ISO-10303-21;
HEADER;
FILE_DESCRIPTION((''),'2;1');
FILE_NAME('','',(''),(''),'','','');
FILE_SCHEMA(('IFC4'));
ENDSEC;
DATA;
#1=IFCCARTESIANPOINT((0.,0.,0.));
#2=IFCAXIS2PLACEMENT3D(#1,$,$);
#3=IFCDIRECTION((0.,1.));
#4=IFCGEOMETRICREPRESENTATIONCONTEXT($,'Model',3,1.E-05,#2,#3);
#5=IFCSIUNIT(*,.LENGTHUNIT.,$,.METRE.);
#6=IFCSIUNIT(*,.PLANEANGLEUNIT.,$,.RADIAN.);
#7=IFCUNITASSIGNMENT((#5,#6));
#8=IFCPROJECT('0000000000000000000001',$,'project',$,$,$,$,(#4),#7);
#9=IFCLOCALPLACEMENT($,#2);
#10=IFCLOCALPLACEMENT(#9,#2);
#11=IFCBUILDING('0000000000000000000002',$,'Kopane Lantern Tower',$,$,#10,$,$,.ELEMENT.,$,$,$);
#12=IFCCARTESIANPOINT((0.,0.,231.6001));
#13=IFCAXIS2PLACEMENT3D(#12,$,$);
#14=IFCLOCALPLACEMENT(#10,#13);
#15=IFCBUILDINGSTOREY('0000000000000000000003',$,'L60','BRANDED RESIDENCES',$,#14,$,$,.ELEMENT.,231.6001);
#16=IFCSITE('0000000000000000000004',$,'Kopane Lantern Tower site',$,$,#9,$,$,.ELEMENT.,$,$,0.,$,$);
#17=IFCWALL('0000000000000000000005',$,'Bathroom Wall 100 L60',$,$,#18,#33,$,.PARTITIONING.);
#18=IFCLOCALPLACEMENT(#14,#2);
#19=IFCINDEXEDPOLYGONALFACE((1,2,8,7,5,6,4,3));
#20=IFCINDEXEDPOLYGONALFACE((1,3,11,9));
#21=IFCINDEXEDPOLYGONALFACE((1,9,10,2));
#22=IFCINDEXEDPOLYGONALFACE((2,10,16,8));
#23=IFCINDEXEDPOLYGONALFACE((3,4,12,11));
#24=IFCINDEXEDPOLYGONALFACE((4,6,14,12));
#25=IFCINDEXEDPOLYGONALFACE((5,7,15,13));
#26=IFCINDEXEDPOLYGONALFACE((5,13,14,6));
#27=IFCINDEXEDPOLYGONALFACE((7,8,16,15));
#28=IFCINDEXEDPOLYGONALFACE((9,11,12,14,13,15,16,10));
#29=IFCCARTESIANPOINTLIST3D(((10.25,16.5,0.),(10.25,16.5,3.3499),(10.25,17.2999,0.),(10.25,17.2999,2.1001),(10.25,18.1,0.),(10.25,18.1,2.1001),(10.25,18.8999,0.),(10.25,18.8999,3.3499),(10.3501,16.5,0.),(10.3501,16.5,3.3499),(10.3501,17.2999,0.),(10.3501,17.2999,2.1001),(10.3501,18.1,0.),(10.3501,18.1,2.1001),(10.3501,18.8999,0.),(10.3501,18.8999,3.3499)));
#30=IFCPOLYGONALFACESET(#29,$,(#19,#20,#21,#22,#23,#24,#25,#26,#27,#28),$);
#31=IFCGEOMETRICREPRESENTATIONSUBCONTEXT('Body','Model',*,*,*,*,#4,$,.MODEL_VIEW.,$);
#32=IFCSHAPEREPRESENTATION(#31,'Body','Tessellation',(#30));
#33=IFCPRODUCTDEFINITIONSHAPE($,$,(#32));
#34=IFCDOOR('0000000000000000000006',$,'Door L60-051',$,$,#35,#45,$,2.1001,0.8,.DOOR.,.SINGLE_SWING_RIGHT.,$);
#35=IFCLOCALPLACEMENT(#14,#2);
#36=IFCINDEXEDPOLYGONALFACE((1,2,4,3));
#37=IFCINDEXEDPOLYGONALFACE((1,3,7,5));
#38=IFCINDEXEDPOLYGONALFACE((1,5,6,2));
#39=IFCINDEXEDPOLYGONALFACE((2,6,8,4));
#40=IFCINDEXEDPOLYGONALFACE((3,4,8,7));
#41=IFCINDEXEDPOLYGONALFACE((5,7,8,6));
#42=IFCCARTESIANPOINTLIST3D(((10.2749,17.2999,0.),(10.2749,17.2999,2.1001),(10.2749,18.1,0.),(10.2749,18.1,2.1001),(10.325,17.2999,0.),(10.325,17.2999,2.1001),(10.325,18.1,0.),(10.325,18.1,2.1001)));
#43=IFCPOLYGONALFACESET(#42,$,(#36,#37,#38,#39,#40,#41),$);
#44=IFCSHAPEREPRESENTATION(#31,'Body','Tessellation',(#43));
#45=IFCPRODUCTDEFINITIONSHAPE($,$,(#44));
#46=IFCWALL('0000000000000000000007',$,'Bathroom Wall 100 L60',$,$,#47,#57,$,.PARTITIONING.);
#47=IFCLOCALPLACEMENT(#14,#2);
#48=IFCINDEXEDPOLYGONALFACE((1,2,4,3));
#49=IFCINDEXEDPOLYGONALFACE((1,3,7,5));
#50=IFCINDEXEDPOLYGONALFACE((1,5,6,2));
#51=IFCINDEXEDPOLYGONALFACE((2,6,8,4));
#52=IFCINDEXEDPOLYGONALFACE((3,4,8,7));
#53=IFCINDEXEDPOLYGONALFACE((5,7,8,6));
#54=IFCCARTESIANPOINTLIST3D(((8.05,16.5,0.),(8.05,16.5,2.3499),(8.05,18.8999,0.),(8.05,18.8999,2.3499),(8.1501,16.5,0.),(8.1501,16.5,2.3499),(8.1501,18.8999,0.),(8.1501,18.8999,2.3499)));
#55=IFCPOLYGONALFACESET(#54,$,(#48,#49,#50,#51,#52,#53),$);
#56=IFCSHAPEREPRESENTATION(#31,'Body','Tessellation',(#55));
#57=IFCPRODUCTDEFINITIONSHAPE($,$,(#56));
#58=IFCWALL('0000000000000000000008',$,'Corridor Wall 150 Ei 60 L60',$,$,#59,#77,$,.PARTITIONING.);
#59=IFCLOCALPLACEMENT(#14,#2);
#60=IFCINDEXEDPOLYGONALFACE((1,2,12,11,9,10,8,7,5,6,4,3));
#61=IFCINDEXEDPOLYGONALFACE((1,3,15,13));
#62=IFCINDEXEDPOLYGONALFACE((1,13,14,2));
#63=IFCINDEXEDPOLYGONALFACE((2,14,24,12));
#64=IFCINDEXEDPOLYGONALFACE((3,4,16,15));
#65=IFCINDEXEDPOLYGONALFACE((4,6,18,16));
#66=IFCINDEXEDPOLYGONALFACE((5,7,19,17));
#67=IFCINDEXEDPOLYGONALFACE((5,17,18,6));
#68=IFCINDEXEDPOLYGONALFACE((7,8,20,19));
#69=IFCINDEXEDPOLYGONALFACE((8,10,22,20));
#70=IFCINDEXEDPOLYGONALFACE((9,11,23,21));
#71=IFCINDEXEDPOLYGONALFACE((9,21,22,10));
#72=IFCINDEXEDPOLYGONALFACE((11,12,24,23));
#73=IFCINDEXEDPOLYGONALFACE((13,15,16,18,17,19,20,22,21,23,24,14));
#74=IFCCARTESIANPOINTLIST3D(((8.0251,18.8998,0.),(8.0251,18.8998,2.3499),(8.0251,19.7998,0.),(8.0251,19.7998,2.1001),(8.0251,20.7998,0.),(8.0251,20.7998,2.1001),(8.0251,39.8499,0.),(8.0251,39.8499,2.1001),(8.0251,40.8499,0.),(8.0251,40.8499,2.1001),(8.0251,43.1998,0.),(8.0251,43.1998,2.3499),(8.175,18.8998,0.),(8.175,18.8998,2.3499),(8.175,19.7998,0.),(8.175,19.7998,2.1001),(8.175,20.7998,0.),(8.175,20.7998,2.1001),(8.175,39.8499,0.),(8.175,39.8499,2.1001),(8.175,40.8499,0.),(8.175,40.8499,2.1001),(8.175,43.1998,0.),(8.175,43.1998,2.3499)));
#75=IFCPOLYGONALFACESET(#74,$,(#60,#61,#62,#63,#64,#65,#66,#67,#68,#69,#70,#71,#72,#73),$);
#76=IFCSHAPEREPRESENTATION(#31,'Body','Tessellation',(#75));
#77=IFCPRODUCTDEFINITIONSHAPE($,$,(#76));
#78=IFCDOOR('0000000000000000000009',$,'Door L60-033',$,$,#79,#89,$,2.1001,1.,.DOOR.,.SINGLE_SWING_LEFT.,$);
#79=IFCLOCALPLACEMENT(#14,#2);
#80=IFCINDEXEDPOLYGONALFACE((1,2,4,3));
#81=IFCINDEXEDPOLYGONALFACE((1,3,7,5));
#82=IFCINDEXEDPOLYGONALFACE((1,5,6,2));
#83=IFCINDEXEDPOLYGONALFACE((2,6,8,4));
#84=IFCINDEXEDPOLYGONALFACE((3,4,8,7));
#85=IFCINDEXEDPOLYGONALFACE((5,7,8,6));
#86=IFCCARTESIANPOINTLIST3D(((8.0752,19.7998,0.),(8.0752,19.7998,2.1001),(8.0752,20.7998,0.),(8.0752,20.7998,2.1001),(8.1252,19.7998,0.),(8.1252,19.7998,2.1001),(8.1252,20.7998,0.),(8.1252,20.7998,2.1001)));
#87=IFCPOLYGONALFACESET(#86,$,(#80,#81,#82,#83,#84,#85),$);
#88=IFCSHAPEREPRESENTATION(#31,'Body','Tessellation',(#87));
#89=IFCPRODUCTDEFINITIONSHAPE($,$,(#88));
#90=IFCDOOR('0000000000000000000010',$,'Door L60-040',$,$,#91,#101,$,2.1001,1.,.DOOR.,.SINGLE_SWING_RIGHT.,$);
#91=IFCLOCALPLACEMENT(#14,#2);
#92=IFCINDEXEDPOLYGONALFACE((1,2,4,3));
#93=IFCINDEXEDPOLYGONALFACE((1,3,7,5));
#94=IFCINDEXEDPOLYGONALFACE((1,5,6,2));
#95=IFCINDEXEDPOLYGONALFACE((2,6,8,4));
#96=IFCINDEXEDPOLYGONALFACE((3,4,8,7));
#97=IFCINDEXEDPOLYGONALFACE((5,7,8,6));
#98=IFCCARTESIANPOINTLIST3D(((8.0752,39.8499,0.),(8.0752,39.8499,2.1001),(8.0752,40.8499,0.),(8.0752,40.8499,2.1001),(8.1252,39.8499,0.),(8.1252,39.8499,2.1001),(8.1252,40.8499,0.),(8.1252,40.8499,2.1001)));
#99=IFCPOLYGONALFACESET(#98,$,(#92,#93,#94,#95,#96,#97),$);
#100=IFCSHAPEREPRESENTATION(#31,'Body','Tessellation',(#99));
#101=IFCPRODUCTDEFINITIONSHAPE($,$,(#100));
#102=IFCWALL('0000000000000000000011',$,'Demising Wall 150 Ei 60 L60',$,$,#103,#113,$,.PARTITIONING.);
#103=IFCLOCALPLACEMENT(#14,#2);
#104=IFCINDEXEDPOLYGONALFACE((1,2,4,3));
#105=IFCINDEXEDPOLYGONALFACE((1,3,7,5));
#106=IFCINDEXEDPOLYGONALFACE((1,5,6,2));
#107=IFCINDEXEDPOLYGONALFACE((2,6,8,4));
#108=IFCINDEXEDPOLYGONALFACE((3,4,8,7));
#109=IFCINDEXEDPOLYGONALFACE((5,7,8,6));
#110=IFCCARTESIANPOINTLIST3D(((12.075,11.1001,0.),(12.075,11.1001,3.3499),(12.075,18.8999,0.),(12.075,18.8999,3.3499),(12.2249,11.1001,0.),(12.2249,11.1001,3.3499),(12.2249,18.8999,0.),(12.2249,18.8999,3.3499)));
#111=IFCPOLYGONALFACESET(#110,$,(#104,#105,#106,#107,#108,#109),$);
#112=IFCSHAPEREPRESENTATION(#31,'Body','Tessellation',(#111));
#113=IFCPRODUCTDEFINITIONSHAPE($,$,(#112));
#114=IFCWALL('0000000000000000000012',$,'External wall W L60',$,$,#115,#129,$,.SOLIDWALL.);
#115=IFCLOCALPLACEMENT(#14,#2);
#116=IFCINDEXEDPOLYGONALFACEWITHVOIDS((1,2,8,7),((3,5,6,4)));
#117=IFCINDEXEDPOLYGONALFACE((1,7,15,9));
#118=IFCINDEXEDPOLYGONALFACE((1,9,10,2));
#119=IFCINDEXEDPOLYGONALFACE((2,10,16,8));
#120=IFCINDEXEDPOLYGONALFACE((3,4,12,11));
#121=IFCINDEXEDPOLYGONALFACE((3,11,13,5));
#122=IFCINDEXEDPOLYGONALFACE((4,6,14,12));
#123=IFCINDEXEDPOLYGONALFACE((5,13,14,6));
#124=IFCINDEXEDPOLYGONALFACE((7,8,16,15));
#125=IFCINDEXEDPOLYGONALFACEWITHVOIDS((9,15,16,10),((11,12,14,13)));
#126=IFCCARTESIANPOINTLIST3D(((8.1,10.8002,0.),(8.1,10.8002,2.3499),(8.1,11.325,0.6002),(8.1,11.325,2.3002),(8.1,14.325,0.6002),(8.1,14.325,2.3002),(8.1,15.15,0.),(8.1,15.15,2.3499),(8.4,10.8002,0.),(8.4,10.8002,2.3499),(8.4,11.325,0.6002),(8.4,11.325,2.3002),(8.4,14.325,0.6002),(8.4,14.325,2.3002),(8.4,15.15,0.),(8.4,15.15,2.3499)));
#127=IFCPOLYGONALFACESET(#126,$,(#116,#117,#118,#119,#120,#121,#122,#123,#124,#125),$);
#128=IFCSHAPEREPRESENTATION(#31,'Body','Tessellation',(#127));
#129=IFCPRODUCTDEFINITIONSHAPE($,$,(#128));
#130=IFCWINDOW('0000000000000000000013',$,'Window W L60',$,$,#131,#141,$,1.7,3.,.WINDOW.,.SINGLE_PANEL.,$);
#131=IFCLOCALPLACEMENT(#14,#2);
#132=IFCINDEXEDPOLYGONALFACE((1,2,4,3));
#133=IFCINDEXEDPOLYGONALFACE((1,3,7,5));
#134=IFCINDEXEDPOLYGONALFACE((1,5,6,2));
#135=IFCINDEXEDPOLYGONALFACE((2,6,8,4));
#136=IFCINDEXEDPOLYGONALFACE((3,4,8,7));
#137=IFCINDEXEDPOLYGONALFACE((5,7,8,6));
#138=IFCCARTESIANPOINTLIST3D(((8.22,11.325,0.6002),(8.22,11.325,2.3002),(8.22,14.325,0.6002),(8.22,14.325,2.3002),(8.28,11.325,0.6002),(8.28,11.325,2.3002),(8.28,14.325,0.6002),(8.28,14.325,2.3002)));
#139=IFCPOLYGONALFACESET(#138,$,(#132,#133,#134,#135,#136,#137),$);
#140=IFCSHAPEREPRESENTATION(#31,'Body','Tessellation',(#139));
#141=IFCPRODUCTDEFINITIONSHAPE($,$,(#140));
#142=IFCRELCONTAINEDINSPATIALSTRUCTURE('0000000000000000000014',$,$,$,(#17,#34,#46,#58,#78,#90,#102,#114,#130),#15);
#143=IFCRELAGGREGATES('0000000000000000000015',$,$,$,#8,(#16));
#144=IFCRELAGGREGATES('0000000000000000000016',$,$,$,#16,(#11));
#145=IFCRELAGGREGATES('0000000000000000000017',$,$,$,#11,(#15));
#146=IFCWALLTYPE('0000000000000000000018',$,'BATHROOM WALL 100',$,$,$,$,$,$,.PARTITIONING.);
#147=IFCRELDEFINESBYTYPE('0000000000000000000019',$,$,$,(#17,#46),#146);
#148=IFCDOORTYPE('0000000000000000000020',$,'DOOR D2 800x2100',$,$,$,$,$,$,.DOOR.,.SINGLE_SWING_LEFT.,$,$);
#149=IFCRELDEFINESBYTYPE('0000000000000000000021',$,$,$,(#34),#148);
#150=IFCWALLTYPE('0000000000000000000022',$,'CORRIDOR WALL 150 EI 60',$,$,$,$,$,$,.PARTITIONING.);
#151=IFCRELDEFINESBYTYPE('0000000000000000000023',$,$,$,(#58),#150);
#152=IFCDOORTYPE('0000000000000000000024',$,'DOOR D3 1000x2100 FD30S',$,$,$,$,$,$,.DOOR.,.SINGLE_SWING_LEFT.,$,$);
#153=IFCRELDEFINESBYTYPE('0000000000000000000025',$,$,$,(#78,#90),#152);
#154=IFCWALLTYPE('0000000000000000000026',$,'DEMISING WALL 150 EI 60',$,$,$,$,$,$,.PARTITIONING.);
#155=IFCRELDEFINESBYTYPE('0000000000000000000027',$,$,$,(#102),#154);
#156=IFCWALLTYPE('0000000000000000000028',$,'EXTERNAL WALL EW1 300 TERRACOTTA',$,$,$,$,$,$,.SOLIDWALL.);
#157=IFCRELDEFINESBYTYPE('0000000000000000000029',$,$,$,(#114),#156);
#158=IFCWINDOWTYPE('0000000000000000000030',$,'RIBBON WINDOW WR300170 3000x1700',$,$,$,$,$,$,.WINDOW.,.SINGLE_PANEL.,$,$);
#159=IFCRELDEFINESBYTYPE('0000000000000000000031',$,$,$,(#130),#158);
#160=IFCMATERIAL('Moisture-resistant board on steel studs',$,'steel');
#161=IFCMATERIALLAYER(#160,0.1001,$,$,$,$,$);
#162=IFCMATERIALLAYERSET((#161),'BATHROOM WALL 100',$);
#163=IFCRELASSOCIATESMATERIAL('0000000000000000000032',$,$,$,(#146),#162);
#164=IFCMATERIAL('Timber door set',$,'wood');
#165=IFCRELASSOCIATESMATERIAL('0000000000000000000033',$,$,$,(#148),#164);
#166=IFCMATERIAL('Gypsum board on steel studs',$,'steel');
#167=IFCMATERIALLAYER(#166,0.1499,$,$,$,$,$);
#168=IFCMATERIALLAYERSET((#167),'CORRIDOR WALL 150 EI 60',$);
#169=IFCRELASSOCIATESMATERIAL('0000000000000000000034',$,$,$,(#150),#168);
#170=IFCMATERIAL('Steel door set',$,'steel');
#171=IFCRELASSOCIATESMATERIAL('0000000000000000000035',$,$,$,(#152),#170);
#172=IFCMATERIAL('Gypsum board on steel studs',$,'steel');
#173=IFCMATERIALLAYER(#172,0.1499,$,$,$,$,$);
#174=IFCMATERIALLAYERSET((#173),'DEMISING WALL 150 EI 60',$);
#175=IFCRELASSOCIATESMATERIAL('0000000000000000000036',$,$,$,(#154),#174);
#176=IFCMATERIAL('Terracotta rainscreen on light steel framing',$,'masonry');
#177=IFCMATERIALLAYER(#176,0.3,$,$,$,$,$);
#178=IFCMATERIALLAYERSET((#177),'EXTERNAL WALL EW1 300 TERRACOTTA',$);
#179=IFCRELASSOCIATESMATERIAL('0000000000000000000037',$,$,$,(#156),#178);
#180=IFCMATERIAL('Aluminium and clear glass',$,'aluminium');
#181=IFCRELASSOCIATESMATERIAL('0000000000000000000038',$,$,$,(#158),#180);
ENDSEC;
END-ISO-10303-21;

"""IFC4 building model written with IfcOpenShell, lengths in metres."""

from ifc_helpers import new_model, si_unit, direction, frame, frame_2d, origin, place, context, subcontext, project, spatial, rectangle, extrude, material, layer, layer_set, type_object, element, fill, save


model = new_model("IFC4")

# Units and contexts
model_context = context("Model", 3, precision=1e-05, world=origin(), true_north=direction((0.0, 1.0)))
body_context = subcontext(model_context, "Body", "Model", "MODEL_VIEW")
ifc_project = project(units=[si_unit("LENGTHUNIT", "METRE"), si_unit("PLANEANGLEUNIT", "RADIAN")], contexts=[model_context])

# Site, building, storey
site_placement = place(None, origin())
site = spatial("IfcSite", under=ifc_project, at=site_placement, Name="Kopane Lantern Tower site", CompositionType="ELEMENT", RefElevation=0.0)
building_placement = place(site_placement, origin())
building = spatial("IfcBuilding", under=site, at=building_placement, Name="Kopane Lantern Tower", CompositionType="ELEMENT")
storey_placement = place(building_placement, frame((0.0, 0.0, 231.6001)))
storey = spatial("IfcBuildingStorey", under=building, at=storey_placement, Name="L60", Description="BRANDED RESIDENCES", CompositionType="ELEMENT", Elevation=231.6001)

# Wall, opening, door
ifc_material_1 = material(Name="Moisture-resistant board on steel studs", Category="steel")
ifc_layer_1 = layer(ifc_material_1, 0.1001)
ifc_layer_set_1 = layer_set([ifc_layer_1], Name="BATHROOM WALL 100")
wall_type_1 = type_object("IfcWallType", Name="BATHROOM WALL 100", PredefinedType="PARTITIONING", material=ifc_layer_set_1)
wall_1_placement = place(storey_placement, frame((10.3, 18.8999, 0.0), z_axis=(0.0, 0.0, 1.0), x_axis=(0.0, -1.0, 0.0)))
wall_1 = element("IfcWall", 1, at=wall_1_placement, inside=storey, type_object=wall_type_1, Name="Bathroom Wall 100 L60", PredefinedType="PARTITIONING", context=body_context, shape_type="SweptSolid", body=[
    extrude(rectangle(XDim=2.3999, YDim=0.1001, at=frame_2d((1.2, 0.0))), origin(), (0.0, 0.0, 1.0), 3.3499),
])
opening_1_placement = place(wall_1_placement, frame((0.8, 0.0, 0.0)))
opening_1 = element("IfcOpeningElement", 2, at=opening_1_placement, cuts=wall_1, PredefinedType="OPENING", context=body_context, shape_type="SweptSolid", body=[
    extrude(rectangle(XDim=0.8, YDim=2.1001, at=frame_2d((0.3999, 1.05))), frame((0.0, 0.0601, 0.0), z_axis=(0.0, -1.0, 0.0), x_axis=(1.0, 0.0, 0.0)), (0.0, 0.0, 1.0), 0.1201),
])
ifc_material_2 = material(Name="Timber door set", Category="wood")
door_type_1 = type_object("IfcDoorType", Name="DOOR D2 800x2100", OperationType="SINGLE_SWING_LEFT", PredefinedType="DOOR", material=ifc_material_2)
door_1_placement = place(opening_1_placement, origin())
door_1 = element("IfcDoor", 3, at=door_1_placement, inside=storey, type_object=door_type_1, Name="Door L60-051", OperationType="SINGLE_SWING_RIGHT", OverallHeight=2.1001, OverallWidth=0.8, PredefinedType="DOOR", context=body_context, shape_type="SweptSolid", body=[
    extrude(rectangle(XDim=0.8, YDim=2.1001, at=frame_2d((0.3999, 1.05))), frame((0.0, 0.0249, 0.0), z_axis=(0.0, -1.0, 0.0), x_axis=(1.0, 0.0, 0.0)), (0.0, 0.0, 1.0), 0.05),
])
fill(opening_1, door_1)

# Wall
wall_2_placement = place(storey_placement, frame((8.1001, 18.8999, 0.0), z_axis=(0.0, 0.0, 1.0), x_axis=(0.0, -1.0, 0.0)))
element("IfcWall", 4, at=wall_2_placement, inside=storey, type_object=wall_type_1, Name="Bathroom Wall 100 L60", PredefinedType="PARTITIONING", context=body_context, shape_type="SweptSolid", body=[
    extrude(rectangle(XDim=2.3999, YDim=0.1001, at=frame_2d((1.2, 0.0))), origin(), (0.0, 0.0, 1.0), 2.3499),
])

# Wall, openings, doors
ifc_material_3 = material(Name="Gypsum board on steel studs", Category="steel")
ifc_layer_2 = layer(ifc_material_3, 0.1499)
ifc_layer_set_2 = layer_set([ifc_layer_2], Name="CORRIDOR WALL 150 EI 60")
wall_type_2 = type_object("IfcWallType", Name="CORRIDOR WALL 150 EI 60", PredefinedType="PARTITIONING", material=ifc_layer_set_2)
wall_3_placement = place(storey_placement, frame((8.1001, 18.8999, 0.0), z_axis=(0.0, 0.0, 1.0), x_axis=(0.0, 1.0, 0.0)))
wall_3 = element("IfcWall", 5, at=wall_3_placement, inside=storey, type_object=wall_type_2, Name="Corridor Wall 150 Ei 60 L60", PredefinedType="PARTITIONING", context=body_context, shape_type="SweptSolid", body=[
    extrude(rectangle(XDim=24.3, YDim=0.1499, at=frame_2d((12.1499, 0.0))), origin(), (0.0, 0.0, 1.0), 2.3499),
])
opening_2_placement = place(wall_3_placement, frame((0.8999, 0.0, 0.0)))
opening_2 = element("IfcOpeningElement", 6, at=opening_2_placement, cuts=wall_3, PredefinedType="OPENING", context=body_context, shape_type="SweptSolid", body=[
    extrude(rectangle(XDim=1.0, YDim=2.1001, at=frame_2d((0.5, 1.05))), frame((0.0, 0.085, 0.0), z_axis=(0.0, -1.0, 0.0), x_axis=(1.0, 0.0, 0.0)), (0.0, 0.0, 1.0), 0.1699),
])
opening_3_placement = place(wall_3_placement, frame((20.95, 0.0, 0.0)))
opening_3 = element("IfcOpeningElement", 7, at=opening_3_placement, cuts=wall_3, PredefinedType="OPENING", context=body_context, shape_type="SweptSolid", body=[
    extrude(rectangle(XDim=1.0, YDim=2.1001, at=frame_2d((0.5, 1.05))), frame((0.0, 0.085, 0.0), z_axis=(0.0, -1.0, 0.0), x_axis=(1.0, 0.0, 0.0)), (0.0, 0.0, 1.0), 0.1699),
])
ifc_material_4 = material(Name="Steel door set", Category="steel")
door_type_2 = type_object("IfcDoorType", Name="DOOR D3 1000x2100 FD30S", OperationType="SINGLE_SWING_LEFT", PredefinedType="DOOR", material=ifc_material_4)
door_2_placement = place(opening_2_placement, origin())
door_2 = element("IfcDoor", 8, at=door_2_placement, inside=storey, type_object=door_type_2, Name="Door L60-033", OperationType="SINGLE_SWING_LEFT", OverallHeight=2.1001, OverallWidth=1.0, PredefinedType="DOOR", context=body_context, shape_type="SweptSolid", body=[
    extrude(rectangle(XDim=1.0, YDim=2.1001, at=frame_2d((0.5, 1.05))), frame((0.0, 0.0249, 0.0), z_axis=(0.0, -1.0, 0.0), x_axis=(1.0, 0.0, 0.0)), (0.0, 0.0, 1.0), 0.05),
])
fill(opening_2, door_2)
door_3_placement = place(opening_3_placement, origin())
door_3 = element("IfcDoor", 9, at=door_3_placement, inside=storey, type_object=door_type_2, Name="Door L60-040", OperationType="SINGLE_SWING_RIGHT", OverallHeight=2.1001, OverallWidth=1.0, PredefinedType="DOOR", context=body_context, shape_type="SweptSolid", body=[
    extrude(rectangle(XDim=1.0, YDim=2.1001, at=frame_2d((0.5, 1.05))), frame((0.0, 0.0249, 0.0), z_axis=(0.0, -1.0, 0.0), x_axis=(1.0, 0.0, 0.0)), (0.0, 0.0, 1.0), 0.05),
])
fill(opening_3, door_3)

# Wall
ifc_material_5 = material(Name="Gypsum board on steel studs", Category="steel")
ifc_layer_3 = layer(ifc_material_5, 0.1499)
ifc_layer_set_3 = layer_set([ifc_layer_3], Name="DEMISING WALL 150 EI 60")
wall_type_3 = type_object("IfcWallType", Name="DEMISING WALL 150 EI 60", PredefinedType="PARTITIONING", material=ifc_layer_set_3)
wall_4_placement = place(storey_placement, frame((12.1499, 18.8999, 0.0), z_axis=(0.0, 0.0, 1.0), x_axis=(0.0, -1.0, 0.0)))
element("IfcWall", 10, at=wall_4_placement, inside=storey, type_object=wall_type_3, Name="Demising Wall 150 Ei 60 L60", PredefinedType="PARTITIONING", context=body_context, shape_type="SweptSolid", body=[
    extrude(rectangle(XDim=7.7998, YDim=0.1499, at=frame_2d((3.8999, 0.0))), origin(), (0.0, 0.0, 1.0), 3.3499),
])

# Shared definitions
ifc_material_6 = material(Name="Terracotta rainscreen on light steel framing", Category="masonry")
ifc_layer_4 = layer(ifc_material_6, 0.3)
ifc_layer_set_4 = layer_set([ifc_layer_4], Name="EXTERNAL WALL EW1 300 TERRACOTTA")
wall_type_4 = type_object("IfcWallType", Name="EXTERNAL WALL EW1 300 TERRACOTTA", PredefinedType="SOLIDWALL", material=ifc_layer_set_4)
ifc_material_7 = material(Name="Aluminium and clear glass", Category="aluminium")
window_type = type_object("IfcWindowType", Name="RIBBON WINDOW WR300170 3000x1700", PartitioningType="SINGLE_PANEL", PredefinedType="WINDOW", material=ifc_material_7)

# Wall, opening, window
wall_5_placement = place(storey_placement, frame((8.25, 15.1499, 0.0), z_axis=(0.0, 0.0, 1.0), x_axis=(0.0, -1.0, 0.0)))
wall_5 = element("IfcWall", 11, at=wall_5_placement, inside=storey, type_object=wall_type_4, Name="External wall W L60", PredefinedType="SOLIDWALL", context=body_context, shape_type="SweptSolid", body=[
    extrude(rectangle(XDim=4.3499, YDim=0.3, at=frame_2d((2.1748, 0.0))), origin(), (0.0, 0.0, 1.0), 2.3499),
])
opening_4_placement = place(wall_5_placement, frame((0.825, 0.0, 0.6001)))
opening_4 = element("IfcOpeningElement", 12, at=opening_4_placement, cuts=wall_5, PredefinedType="OPENING", context=body_context, shape_type="SweptSolid", body=[
    extrude(rectangle(XDim=3.0, YDim=1.7, at=frame_2d((1.5, 0.8501))), frame((0.0, 0.1599, 0.0), z_axis=(0.0, -1.0, 0.0), x_axis=(1.0, 0.0, 0.0)), (0.0, 0.0, 1.0), 0.3201),
])
window_1_placement = place(opening_4_placement, origin())
window_1 = element("IfcWindow", 13, at=window_1_placement, inside=storey, type_object=window_type, Name="Window W L60", OverallHeight=1.7, OverallWidth=3.0, PartitioningType="SINGLE_PANEL", PredefinedType="WINDOW", context=body_context, shape_type="SweptSolid", body=[
    extrude(rectangle(XDim=3.0, YDim=1.7, at=frame_2d((1.5, 0.8501))), frame((0.0, 0.03, 0.0), z_axis=(0.0, -1.0, 0.0), x_axis=(1.0, 0.0, 0.0)), (0.0, 0.0, 1.0), 0.0601),
])
fill(opening_4, window_1)

save(model, "model.ifc")
